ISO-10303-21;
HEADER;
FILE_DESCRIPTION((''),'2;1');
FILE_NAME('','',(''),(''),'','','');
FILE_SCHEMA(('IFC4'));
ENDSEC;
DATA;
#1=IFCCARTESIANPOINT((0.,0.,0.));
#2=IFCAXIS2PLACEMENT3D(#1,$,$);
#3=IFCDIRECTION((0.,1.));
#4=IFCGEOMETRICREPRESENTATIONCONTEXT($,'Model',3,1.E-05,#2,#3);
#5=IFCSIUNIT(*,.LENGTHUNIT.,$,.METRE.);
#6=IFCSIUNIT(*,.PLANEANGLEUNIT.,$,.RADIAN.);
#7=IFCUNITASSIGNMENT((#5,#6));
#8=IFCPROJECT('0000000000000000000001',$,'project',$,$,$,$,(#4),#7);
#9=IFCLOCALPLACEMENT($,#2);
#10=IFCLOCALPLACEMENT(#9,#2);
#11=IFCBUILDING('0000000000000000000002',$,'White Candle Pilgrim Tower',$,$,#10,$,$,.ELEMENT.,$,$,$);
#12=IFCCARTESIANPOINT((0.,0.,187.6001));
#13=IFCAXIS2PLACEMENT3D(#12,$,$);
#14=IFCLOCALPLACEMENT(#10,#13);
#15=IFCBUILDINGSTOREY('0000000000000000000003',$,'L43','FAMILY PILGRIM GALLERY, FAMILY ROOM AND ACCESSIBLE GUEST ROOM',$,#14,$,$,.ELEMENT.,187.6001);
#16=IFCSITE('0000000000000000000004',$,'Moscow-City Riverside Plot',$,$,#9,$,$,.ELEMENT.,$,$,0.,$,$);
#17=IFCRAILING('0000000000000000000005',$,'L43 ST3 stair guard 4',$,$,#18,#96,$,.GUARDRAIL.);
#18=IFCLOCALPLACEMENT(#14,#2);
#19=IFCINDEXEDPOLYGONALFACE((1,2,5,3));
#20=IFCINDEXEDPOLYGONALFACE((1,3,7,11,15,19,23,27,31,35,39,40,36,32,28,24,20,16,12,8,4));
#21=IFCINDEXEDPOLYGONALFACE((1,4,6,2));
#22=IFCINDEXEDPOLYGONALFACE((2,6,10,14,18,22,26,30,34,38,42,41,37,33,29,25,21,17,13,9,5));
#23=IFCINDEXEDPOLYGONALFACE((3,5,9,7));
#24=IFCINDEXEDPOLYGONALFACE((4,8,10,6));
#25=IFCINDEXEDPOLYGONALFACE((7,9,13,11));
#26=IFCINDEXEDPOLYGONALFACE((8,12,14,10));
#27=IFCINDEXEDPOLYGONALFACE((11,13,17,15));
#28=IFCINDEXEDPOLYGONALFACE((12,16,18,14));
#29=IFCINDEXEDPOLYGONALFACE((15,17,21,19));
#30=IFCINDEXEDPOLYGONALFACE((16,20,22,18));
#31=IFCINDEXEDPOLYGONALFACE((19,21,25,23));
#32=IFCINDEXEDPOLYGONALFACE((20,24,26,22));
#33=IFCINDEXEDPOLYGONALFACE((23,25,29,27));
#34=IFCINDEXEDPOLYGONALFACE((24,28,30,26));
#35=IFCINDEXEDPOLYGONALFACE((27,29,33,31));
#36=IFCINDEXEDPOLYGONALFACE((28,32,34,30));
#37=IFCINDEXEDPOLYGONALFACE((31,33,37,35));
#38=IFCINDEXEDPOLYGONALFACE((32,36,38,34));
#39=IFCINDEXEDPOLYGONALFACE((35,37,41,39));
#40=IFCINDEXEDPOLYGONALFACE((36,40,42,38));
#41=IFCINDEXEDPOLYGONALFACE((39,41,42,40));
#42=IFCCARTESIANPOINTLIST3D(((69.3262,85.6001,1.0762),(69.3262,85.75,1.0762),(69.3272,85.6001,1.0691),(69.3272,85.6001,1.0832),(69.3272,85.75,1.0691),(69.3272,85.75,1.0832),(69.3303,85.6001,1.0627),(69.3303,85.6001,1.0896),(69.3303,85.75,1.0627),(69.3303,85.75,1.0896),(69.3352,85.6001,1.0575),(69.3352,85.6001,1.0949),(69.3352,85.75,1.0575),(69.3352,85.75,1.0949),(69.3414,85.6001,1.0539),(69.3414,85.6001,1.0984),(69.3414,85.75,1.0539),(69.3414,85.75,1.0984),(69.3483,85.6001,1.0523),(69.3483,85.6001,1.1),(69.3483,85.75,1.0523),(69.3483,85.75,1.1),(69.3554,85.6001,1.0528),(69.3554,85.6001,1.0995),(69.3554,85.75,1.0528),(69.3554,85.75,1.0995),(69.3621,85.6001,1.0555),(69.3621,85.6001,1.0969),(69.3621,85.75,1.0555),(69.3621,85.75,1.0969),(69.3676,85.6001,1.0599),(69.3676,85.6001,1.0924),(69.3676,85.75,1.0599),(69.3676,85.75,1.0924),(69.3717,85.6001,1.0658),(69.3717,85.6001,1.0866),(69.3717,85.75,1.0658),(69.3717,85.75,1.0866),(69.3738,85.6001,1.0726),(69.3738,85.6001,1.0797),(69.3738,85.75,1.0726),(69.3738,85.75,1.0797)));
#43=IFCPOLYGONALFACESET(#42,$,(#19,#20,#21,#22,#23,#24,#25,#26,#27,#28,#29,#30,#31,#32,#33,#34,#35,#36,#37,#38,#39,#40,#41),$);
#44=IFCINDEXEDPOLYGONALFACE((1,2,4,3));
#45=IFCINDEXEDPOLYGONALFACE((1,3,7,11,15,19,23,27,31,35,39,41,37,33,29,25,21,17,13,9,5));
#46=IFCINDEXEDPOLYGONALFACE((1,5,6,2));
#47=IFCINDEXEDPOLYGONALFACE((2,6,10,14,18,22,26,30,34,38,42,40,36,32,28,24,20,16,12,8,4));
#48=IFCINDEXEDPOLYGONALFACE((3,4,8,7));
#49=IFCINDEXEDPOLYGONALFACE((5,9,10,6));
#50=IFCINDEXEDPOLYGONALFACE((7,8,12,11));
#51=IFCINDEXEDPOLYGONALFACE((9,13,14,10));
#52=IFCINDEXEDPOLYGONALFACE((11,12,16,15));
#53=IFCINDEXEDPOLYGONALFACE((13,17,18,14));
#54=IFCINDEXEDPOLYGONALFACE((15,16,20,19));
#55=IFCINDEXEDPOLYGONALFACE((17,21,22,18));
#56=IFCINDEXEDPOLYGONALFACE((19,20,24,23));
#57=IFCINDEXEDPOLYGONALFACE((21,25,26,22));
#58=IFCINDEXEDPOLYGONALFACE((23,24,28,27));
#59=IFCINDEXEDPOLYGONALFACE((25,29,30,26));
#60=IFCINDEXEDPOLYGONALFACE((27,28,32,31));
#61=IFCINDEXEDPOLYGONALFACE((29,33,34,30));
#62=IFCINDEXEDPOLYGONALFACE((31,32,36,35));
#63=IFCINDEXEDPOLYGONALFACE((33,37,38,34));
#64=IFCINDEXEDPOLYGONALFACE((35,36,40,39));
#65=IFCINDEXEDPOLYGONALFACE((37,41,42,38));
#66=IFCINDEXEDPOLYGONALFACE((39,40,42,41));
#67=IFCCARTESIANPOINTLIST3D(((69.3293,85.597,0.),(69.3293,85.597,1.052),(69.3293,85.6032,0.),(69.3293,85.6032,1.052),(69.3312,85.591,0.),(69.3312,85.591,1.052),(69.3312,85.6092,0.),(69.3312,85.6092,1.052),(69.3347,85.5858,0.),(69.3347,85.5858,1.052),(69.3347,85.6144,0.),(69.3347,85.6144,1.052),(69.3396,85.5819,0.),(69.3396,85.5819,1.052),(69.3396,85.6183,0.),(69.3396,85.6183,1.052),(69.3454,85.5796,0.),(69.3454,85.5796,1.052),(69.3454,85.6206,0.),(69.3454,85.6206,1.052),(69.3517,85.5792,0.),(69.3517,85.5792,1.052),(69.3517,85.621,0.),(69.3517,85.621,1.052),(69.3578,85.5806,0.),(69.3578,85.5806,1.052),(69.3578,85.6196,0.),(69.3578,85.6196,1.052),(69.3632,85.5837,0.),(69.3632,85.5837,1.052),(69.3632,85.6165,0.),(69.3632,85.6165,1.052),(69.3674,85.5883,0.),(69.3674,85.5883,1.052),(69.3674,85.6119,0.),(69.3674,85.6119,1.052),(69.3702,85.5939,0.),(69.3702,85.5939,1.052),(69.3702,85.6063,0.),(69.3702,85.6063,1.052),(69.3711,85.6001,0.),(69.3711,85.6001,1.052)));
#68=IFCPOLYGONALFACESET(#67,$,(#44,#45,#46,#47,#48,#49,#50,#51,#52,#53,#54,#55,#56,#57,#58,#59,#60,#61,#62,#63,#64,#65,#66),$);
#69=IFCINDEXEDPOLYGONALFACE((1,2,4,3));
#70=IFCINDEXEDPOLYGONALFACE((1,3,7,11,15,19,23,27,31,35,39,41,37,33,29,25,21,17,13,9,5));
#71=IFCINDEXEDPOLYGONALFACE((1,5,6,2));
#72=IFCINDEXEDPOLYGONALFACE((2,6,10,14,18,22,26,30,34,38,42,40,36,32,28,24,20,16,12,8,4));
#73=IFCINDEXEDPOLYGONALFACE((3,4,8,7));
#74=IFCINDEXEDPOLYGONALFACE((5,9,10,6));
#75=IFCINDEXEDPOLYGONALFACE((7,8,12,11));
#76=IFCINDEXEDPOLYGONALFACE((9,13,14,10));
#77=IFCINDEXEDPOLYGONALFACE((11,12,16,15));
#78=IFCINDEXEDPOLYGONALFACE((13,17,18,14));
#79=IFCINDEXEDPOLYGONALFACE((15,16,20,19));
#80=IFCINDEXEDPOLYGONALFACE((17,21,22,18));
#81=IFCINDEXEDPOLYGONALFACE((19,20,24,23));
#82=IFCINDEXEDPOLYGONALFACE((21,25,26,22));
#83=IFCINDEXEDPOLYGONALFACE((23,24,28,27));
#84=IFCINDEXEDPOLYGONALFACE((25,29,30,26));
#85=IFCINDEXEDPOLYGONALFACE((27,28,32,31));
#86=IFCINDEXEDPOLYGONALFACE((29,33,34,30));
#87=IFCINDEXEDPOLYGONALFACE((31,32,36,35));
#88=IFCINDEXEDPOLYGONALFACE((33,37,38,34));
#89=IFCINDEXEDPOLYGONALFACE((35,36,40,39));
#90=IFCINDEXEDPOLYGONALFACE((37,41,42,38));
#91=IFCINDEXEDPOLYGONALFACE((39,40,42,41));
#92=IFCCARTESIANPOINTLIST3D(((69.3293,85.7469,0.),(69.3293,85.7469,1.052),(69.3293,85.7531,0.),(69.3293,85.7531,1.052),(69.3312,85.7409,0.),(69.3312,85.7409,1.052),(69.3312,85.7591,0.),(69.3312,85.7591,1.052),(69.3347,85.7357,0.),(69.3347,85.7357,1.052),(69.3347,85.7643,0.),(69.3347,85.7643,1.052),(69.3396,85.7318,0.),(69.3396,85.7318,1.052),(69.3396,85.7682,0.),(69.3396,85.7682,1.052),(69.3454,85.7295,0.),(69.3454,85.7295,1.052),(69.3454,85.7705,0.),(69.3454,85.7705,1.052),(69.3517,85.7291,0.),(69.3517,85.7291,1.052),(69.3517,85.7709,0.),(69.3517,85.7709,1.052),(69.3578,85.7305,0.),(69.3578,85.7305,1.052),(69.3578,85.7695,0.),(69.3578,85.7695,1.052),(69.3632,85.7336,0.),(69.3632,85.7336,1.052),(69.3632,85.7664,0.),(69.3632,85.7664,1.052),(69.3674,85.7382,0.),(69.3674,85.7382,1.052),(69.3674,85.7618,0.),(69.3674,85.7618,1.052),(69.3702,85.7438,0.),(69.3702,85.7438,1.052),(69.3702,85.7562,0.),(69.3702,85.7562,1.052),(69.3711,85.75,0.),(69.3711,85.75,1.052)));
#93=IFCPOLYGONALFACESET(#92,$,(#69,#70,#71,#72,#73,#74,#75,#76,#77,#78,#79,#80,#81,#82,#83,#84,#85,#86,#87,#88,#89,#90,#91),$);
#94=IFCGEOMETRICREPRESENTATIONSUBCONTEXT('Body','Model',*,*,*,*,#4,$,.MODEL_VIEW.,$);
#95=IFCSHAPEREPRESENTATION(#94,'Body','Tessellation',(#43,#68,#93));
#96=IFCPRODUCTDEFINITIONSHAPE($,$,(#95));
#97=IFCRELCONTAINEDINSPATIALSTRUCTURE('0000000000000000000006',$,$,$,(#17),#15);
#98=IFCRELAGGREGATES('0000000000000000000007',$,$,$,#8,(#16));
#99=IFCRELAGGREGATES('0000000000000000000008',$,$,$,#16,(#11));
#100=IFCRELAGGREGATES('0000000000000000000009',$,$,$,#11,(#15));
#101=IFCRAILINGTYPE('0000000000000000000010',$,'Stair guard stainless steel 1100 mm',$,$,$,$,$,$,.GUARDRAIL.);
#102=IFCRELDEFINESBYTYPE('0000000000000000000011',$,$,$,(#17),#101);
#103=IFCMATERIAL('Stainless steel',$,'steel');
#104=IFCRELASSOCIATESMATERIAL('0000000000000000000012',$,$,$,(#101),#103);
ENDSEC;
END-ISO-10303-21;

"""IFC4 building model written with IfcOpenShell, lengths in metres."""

from ifc_helpers import new_model, si_unit, direction, frame, origin, origin_2d, place, context, subcontext, project, spatial, circle, extrude, material, type_object, element, save


model = new_model("IFC4")

# Units and contexts
model_context = context("Model", 3, precision=1e-05, world=origin(), true_north=direction((0.0, 1.0)))
body_context = subcontext(model_context, "Body", "Model", "MODEL_VIEW")
ifc_project = project(units=[si_unit("LENGTHUNIT", "METRE"), si_unit("PLANEANGLEUNIT", "RADIAN")], contexts=[model_context])

# Site, building, storey
site_placement = place(None, origin())
site = spatial("IfcSite", under=ifc_project, at=site_placement, Name="Moscow-City Riverside Plot", CompositionType="ELEMENT", RefElevation=0.0)
building_placement = place(site_placement, origin())
building = spatial("IfcBuilding", under=site, at=building_placement, Name="White Candle Pilgrim Tower", CompositionType="ELEMENT")
storey_placement = place(building_placement, frame((0.0, 0.0, 187.6001)))
storey = spatial("IfcBuildingStorey", under=building, at=storey_placement, Name="L43", Description="FAMILY PILGRIM GALLERY, FAMILY ROOM AND ACCESSIBLE GUEST ROOM", CompositionType="ELEMENT", Elevation=187.6001)

# Railing
ifc_material_1 = material(Name="Stainless steel", Category="steel")
railing_type_1 = type_object("IfcRailingType", Name="Stair guard stainless steel 1100 mm", PredefinedType="GUARDRAIL", material=ifc_material_1)
railing_1_placement = place(storey_placement, frame((69.3501, 85.6001, 0.0)))
element("IfcRailing", 1, at=railing_1_placement, inside=storey, type_object=railing_type_1, Name="L43 ST3 stair guard 4", PredefinedType="GUARDRAIL", context=body_context, shape_type="SweptSolid", body=[
    extrude(circle(Radius=0.0239, at=origin_2d()), frame((0.0, 0.0, 1.0762), z_axis=(0.0, 1.0, 0.0), x_axis=(-1.0, 0.0, 0.0)), (0.0, 0.0, 1.0), 0.1499),
    extrude(circle(Radius=0.021, at=origin_2d()), origin(), (0.0, 0.0, 1.0), 1.052),
    extrude(circle(Radius=0.021, at=origin_2d()), frame((0.0, 0.1499, 0.0)), (0.0, 0.0, 1.0), 1.052),
])

save(model, "model.ifc")
